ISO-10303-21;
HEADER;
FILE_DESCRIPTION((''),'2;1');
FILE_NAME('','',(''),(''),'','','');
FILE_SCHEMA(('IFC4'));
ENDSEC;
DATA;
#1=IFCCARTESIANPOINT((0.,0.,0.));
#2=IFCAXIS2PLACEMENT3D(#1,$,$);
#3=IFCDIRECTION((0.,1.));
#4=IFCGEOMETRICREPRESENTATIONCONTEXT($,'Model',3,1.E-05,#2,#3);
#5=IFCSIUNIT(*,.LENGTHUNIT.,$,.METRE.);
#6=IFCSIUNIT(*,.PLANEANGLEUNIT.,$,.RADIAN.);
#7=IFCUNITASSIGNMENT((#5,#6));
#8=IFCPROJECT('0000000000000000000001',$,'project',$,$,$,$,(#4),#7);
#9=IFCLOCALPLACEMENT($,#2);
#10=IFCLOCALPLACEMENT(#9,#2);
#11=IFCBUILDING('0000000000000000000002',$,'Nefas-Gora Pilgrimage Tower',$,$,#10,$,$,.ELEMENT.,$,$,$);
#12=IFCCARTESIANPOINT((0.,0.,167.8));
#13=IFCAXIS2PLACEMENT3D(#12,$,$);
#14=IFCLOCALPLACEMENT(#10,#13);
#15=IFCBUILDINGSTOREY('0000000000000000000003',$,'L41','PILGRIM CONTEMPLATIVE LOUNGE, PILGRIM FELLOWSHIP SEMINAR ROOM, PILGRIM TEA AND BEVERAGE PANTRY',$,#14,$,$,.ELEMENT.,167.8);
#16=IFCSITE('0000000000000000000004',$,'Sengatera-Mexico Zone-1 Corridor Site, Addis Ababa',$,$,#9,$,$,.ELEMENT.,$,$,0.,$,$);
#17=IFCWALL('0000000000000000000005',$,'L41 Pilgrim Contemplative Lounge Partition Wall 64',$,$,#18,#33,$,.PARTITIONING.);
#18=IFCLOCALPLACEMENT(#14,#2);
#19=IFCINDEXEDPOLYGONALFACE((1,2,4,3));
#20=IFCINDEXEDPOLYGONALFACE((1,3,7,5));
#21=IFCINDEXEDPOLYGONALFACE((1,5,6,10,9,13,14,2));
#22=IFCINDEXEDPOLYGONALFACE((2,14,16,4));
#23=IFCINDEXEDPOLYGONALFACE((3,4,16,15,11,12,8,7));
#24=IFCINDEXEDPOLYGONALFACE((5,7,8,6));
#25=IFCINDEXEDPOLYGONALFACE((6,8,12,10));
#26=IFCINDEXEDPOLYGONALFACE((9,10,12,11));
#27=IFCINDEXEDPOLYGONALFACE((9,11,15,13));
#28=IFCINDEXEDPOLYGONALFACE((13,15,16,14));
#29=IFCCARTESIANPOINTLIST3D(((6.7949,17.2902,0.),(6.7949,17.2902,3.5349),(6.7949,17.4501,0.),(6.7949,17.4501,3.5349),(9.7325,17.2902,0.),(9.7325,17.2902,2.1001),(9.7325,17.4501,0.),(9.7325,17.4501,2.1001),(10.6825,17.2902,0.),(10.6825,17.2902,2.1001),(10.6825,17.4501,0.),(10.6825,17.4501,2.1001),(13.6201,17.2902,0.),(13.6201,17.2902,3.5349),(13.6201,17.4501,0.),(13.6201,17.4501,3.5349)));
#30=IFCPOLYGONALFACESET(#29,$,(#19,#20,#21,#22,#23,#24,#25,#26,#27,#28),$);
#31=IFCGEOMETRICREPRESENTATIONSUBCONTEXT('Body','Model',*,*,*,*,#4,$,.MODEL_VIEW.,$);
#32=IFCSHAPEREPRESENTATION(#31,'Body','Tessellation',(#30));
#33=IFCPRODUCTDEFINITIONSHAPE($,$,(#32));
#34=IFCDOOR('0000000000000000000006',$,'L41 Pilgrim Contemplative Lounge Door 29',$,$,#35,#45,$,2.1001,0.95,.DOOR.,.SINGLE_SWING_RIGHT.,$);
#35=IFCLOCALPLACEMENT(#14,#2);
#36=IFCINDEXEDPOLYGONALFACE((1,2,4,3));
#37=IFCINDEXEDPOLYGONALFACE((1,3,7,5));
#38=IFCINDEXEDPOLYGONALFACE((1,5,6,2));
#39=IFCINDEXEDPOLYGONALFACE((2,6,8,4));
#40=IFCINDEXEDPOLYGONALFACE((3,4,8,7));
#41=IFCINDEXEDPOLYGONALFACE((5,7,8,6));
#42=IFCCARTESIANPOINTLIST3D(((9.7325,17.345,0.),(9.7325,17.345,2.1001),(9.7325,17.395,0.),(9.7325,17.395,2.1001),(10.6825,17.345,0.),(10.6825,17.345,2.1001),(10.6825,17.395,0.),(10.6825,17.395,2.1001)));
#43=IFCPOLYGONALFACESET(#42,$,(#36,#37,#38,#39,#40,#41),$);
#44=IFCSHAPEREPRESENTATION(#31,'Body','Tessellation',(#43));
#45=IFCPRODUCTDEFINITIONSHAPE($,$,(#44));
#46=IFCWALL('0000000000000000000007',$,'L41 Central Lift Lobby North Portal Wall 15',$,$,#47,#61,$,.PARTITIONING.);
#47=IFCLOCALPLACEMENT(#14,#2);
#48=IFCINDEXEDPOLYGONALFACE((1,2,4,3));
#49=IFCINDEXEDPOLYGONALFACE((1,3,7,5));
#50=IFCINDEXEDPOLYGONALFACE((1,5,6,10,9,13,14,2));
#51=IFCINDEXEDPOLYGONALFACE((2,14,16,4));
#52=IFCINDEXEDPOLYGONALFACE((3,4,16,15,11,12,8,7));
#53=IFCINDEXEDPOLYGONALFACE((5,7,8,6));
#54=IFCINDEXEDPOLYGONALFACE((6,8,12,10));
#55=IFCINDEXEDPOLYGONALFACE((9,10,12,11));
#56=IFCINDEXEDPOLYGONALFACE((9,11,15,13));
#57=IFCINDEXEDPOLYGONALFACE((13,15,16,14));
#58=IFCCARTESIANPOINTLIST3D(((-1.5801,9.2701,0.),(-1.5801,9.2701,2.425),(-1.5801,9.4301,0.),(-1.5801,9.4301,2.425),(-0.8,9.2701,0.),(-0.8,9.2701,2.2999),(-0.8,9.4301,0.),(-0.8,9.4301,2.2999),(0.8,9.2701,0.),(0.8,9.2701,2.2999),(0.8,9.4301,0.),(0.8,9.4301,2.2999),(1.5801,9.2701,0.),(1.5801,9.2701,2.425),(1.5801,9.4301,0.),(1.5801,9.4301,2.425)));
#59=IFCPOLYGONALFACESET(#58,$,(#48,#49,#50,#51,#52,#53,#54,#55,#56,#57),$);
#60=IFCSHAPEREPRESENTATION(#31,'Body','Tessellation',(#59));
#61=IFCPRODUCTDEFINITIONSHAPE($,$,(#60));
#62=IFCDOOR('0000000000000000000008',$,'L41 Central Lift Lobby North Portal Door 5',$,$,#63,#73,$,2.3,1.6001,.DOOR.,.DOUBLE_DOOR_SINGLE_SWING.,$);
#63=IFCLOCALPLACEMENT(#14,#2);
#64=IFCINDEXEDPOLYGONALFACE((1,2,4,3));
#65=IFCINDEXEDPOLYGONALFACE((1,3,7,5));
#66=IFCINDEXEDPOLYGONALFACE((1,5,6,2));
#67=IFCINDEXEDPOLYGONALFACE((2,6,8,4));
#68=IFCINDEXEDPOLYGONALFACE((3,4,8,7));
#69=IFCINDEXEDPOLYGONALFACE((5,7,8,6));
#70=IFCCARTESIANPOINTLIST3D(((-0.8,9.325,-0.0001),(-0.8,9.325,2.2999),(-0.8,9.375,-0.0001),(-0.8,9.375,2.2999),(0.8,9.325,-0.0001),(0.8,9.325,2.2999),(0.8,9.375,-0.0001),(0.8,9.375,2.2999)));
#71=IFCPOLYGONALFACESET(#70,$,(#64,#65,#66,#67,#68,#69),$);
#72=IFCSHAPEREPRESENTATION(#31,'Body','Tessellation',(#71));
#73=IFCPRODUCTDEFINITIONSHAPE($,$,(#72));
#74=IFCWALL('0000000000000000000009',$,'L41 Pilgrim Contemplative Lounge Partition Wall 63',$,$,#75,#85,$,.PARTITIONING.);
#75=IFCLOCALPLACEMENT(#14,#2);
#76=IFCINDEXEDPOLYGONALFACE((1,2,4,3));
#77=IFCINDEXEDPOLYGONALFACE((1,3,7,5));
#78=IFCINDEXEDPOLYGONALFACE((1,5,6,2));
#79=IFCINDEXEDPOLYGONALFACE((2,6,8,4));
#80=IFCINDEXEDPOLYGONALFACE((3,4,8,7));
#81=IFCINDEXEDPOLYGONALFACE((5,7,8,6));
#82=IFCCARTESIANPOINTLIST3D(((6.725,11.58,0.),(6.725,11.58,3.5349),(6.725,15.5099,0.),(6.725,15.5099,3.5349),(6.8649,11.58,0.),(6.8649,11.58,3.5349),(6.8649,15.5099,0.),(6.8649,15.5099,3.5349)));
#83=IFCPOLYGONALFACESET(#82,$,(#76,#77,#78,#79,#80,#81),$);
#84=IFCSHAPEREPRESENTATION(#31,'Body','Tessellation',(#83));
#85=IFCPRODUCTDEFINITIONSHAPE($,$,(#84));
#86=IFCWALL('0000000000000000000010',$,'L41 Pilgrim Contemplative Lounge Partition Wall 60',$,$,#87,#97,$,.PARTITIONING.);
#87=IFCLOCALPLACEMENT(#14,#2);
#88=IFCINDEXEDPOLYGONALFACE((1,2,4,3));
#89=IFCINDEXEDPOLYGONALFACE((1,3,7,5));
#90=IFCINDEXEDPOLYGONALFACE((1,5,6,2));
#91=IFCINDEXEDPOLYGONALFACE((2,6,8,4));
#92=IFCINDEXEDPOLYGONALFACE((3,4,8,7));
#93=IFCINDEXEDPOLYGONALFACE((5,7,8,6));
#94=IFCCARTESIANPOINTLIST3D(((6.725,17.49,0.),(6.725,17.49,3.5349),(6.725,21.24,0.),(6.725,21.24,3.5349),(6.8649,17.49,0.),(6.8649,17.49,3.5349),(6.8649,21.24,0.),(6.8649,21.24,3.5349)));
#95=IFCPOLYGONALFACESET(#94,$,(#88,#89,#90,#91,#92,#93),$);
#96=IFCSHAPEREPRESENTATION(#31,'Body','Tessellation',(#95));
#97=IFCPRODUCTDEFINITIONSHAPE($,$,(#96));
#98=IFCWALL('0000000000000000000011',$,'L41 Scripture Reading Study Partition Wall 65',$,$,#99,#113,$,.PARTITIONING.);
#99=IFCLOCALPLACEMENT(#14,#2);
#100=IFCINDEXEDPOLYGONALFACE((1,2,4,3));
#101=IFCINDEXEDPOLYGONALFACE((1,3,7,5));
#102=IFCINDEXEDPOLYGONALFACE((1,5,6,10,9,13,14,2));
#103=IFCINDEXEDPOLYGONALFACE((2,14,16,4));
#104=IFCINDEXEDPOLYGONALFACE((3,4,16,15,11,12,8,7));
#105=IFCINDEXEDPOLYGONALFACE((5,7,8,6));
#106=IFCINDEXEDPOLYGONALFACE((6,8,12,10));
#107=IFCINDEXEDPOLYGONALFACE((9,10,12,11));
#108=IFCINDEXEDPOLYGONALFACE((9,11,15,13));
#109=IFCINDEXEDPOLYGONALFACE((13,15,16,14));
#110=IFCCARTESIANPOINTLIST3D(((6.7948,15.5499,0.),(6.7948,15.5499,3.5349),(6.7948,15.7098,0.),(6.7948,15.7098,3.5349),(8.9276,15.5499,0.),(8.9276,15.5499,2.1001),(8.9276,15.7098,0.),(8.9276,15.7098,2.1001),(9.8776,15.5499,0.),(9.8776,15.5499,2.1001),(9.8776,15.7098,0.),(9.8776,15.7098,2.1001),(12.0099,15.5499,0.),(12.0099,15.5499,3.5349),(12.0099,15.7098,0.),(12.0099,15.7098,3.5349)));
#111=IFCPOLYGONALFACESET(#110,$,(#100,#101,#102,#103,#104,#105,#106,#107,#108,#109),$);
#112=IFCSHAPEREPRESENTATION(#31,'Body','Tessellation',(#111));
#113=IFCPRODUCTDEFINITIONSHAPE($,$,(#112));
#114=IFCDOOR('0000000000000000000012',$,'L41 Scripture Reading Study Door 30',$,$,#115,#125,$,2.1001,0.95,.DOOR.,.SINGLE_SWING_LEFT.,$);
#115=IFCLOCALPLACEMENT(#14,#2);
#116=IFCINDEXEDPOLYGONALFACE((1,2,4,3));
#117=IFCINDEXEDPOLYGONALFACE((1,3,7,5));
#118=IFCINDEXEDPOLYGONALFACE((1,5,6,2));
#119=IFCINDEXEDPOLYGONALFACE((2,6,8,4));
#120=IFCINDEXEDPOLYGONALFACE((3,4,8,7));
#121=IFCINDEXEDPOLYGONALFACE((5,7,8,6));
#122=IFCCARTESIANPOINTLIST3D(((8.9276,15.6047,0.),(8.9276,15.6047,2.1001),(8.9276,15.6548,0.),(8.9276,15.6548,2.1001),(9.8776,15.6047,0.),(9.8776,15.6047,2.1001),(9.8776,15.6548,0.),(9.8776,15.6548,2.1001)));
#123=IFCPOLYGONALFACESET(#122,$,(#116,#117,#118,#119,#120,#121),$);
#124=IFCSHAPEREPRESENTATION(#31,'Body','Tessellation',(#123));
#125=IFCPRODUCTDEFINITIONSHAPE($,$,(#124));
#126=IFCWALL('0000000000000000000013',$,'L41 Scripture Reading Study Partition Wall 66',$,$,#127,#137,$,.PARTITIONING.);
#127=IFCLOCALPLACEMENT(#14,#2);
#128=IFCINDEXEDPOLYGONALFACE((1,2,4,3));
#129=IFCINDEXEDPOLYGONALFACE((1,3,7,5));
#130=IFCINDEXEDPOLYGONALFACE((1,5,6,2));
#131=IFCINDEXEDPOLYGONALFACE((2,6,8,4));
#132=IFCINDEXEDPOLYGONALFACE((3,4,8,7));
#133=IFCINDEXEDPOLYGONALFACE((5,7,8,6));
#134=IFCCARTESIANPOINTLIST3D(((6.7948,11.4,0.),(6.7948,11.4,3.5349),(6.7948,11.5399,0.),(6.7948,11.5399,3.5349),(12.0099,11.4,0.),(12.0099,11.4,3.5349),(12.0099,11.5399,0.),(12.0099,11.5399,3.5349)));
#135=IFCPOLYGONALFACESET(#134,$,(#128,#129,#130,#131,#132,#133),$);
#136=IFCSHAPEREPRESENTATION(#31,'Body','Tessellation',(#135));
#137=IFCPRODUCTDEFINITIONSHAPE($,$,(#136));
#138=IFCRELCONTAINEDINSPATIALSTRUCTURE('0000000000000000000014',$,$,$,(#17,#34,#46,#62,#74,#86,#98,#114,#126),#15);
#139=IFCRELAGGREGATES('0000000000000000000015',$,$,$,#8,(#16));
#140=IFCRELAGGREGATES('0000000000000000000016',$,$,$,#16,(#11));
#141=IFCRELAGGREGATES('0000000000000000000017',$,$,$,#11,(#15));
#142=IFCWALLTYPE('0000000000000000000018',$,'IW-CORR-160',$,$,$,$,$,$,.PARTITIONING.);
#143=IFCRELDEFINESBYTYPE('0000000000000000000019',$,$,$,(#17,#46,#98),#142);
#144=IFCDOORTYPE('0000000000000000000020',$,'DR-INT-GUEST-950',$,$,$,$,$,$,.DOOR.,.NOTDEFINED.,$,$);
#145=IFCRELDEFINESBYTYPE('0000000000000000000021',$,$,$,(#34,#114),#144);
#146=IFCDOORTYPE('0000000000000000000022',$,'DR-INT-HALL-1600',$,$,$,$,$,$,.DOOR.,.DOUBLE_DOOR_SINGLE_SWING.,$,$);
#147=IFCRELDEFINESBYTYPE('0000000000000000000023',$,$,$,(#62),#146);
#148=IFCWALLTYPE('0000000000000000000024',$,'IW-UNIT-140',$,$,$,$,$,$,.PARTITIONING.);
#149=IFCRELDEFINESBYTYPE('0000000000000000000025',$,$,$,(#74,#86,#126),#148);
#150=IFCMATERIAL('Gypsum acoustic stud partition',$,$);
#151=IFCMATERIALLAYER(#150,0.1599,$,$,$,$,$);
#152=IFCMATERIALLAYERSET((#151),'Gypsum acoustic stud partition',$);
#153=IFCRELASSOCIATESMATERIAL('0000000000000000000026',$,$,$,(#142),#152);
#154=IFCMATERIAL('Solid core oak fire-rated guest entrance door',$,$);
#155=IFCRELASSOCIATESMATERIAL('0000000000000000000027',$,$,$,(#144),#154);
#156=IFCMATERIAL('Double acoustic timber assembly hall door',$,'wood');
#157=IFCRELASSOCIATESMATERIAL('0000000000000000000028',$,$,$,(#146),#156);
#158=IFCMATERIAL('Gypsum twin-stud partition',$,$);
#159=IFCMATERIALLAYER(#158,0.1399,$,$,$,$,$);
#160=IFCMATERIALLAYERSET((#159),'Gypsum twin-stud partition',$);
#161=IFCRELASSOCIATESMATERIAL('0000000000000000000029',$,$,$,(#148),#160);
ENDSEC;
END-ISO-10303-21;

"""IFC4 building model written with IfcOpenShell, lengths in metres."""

from ifc_helpers import new_model, si_unit, direction, frame, frame_2d, origin, place, context, subcontext, project, spatial, rectangle, extrude, source, transform, mapped, material, layer, layer_set, type_object, element, fill, save


model = new_model("IFC4")

# Units and contexts
model_context = context("Model", 3, precision=1e-05, world=origin(), true_north=direction((0.0, 1.0)))
body_context = subcontext(model_context, "Body", "Model", "MODEL_VIEW")
ifc_project = project(units=[si_unit("LENGTHUNIT", "METRE"), si_unit("PLANEANGLEUNIT", "RADIAN")], contexts=[model_context])

# Site, building, storey
site_placement = place(None, origin())
site = spatial("IfcSite", under=ifc_project, at=site_placement, Name="Sengatera-Mexico Zone-1 Corridor Site, Addis Ababa", CompositionType="ELEMENT", RefElevation=0.0)
building_placement = place(site_placement, origin())
building = spatial("IfcBuilding", under=site, at=building_placement, Name="Nefas-Gora Pilgrimage Tower", CompositionType="ELEMENT")
storey_placement = place(building_placement, frame((0.0, 0.0, 167.8)))
storey = spatial("IfcBuildingStorey", under=building, at=storey_placement, Name="L41", Description="PILGRIM CONTEMPLATIVE LOUNGE, PILGRIM FELLOWSHIP SEMINAR ROOM, PILGRIM TEA AND BEVERAGE PANTRY", CompositionType="ELEMENT", Elevation=167.8)

# Walls, openings, doors
ifc_material_1 = material(Name="Gypsum acoustic stud partition")
ifc_layer_1 = layer(ifc_material_1, 0.1599)
ifc_layer_set_1 = layer_set([ifc_layer_1], Name="Gypsum acoustic stud partition")
wall_type_1 = type_object("IfcWallType", Name="IW-CORR-160", PredefinedType="PARTITIONING", material=ifc_layer_set_1)
shared_shape_1 = source(origin(), body_context, "Body", "SweptSolid", [
    extrude(rectangle(XDim=6.8252, YDim=0.1599, at=frame_2d((3.4126, 0.0))), origin(), (0.0, 0.0, 1.0), 3.5349),
])
wall_1_placement = place(storey_placement, frame((6.7949, 17.3701, 0.0), z_axis=(0.0, 0.0, 1.0), x_axis=(1.0, 0.0, 0.0)))
wall_1 = element("IfcWall", 1, at=wall_1_placement, inside=storey, type_object=wall_type_1, Name="L41 Pilgrim Contemplative Lounge Partition Wall 64", PredefinedType="PARTITIONING", context=body_context, shape_type="MappedRepresentation", body=[
    mapped(shared_shape_1, transform((0.0, 0.0, 0.0), x_axis=(1.0, 0.0, 0.0), y_axis=(0.0, 1.0, 0.0), z_axis=(0.0, 0.0, 1.0), scale=1.0)),
])
opening_1_placement = place(wall_1_placement, frame((2.9375, 0.0, 0.0)))
opening_1 = element("IfcOpeningElement", 2, at=opening_1_placement, cuts=wall_1, PredefinedType="OPENING", context=body_context, shape_type="SweptSolid", body=[
    extrude(rectangle(XDim=0.95, YDim=2.1001, at=frame_2d((0.4751, 1.05))), frame((0.0, 0.0898, 0.0), z_axis=(0.0, -1.0, 0.0), x_axis=(1.0, 0.0, 0.0)), (0.0, 0.0, 1.0), 0.1799),
])
ifc_material_2 = material(Name="Solid core oak fire-rated guest entrance door")
door_type_1 = type_object("IfcDoorType", Name="DR-INT-GUEST-950", OperationType="NOTDEFINED", PredefinedType="DOOR", material=ifc_material_2)
shared_shape_2 = source(origin(), body_context, "Body", "SweptSolid", [
    extrude(rectangle(XDim=0.95, YDim=2.1001, at=frame_2d((0.4751, 1.05))), frame((0.0, 0.0249, 0.0), z_axis=(0.0, -1.0, 0.0), x_axis=(1.0, 0.0, 0.0)), (0.0, 0.0, 1.0), 0.05),
])
door_1_placement = place(opening_1_placement, origin())
door_1 = element("IfcDoor", 3, at=door_1_placement, inside=storey, type_object=door_type_1, Name="L41 Pilgrim Contemplative Lounge Door 29", OperationType="SINGLE_SWING_RIGHT", OverallHeight=2.1001, OverallWidth=0.95, PredefinedType="DOOR", context=body_context, shape_type="MappedRepresentation", body=[
    mapped(shared_shape_2, transform((0.0, 0.0, 0.0), x_axis=(1.0, 0.0, 0.0), y_axis=(0.0, 1.0, 0.0), z_axis=(0.0, 0.0, 1.0), scale=1.0)),
])
fill(opening_1, door_1)
shared_shape_3 = source(origin(), body_context, "Body", "SweptSolid", [
    extrude(rectangle(XDim=3.1602, YDim=0.1599, at=frame_2d((1.5801, 0.0))), origin(), (0.0, 0.0, 1.0), 2.425),
])
wall_2_placement = place(storey_placement, frame((-1.5801, 9.3501, 0.0), z_axis=(0.0, 0.0, 1.0), x_axis=(1.0, 0.0, 0.0)))
wall_2 = element("IfcWall", 4, at=wall_2_placement, inside=storey, type_object=wall_type_1, Name="L41 Central Lift Lobby North Portal Wall 15", PredefinedType="PARTITIONING", context=body_context, shape_type="MappedRepresentation", body=[
    mapped(shared_shape_3, transform((0.0, 0.0, 0.0), x_axis=(1.0, 0.0, 0.0), y_axis=(0.0, 1.0, 0.0), z_axis=(0.0, 0.0, 1.0), scale=1.0)),
])
opening_2_placement = place(wall_2_placement, frame((0.78, 0.0, 0.0)))
opening_2 = element("IfcOpeningElement", 5, at=opening_2_placement, cuts=wall_2, PredefinedType="OPENING", context=body_context, shape_type="SweptSolid", body=[
    extrude(rectangle(XDim=1.6001, YDim=2.3, at=frame_2d((0.8, 1.1499))), frame((0.0, 0.0898, 0.0), z_axis=(0.0, -1.0, 0.0), x_axis=(1.0, 0.0, 0.0)), (0.0, 0.0, 1.0), 0.1799),
])
ifc_material_3 = material(Name="Double acoustic timber assembly hall door", Category="wood")
door_type_2 = type_object("IfcDoorType", Name="DR-INT-HALL-1600", OperationType="DOUBLE_DOOR_SINGLE_SWING", PredefinedType="DOOR", material=ifc_material_3)
shared_shape_4 = source(origin(), body_context, "Body", "SweptSolid", [
    extrude(rectangle(XDim=1.6001, YDim=2.3, at=frame_2d((0.8, 1.1499))), frame((0.0, 0.0249, 0.0), z_axis=(0.0, -1.0, 0.0), x_axis=(1.0, 0.0, 0.0)), (0.0, 0.0, 1.0), 0.05),
])
door_2_placement = place(opening_2_placement, origin())
door_2 = element("IfcDoor", 6, at=door_2_placement, inside=storey, type_object=door_type_2, Name="L41 Central Lift Lobby North Portal Door 5", OperationType="DOUBLE_DOOR_SINGLE_SWING", OverallHeight=2.3, OverallWidth=1.6001, PredefinedType="DOOR", context=body_context, shape_type="MappedRepresentation", body=[
    mapped(shared_shape_4, transform((0.0, 0.0, 0.0), x_axis=(1.0, 0.0, 0.0), y_axis=(0.0, 1.0, 0.0), z_axis=(0.0, 0.0, 1.0), scale=1.0)),
])
fill(opening_2, door_2)

# Walls
ifc_material_4 = material(Name="Gypsum twin-stud partition")
ifc_layer_2 = layer(ifc_material_4, 0.1399)
ifc_layer_set_2 = layer_set([ifc_layer_2], Name="Gypsum twin-stud partition")
wall_type_2 = type_object("IfcWallType", Name="IW-UNIT-140", PredefinedType="PARTITIONING", material=ifc_layer_set_2)
shared_shape_5 = source(origin(), body_context, "Body", "SweptSolid", [
    extrude(rectangle(XDim=3.9299, YDim=0.1399, at=frame_2d((1.9648, 0.0))), origin(), (0.0, 0.0, 1.0), 3.5349),
])
wall_3_placement = place(storey_placement, frame((6.7949, 11.5801, 0.0), z_axis=(0.0, 0.0, 1.0), x_axis=(0.0, 1.0, 0.0)))
element("IfcWall", 7, at=wall_3_placement, inside=storey, type_object=wall_type_2, Name="L41 Pilgrim Contemplative Lounge Partition Wall 63", PredefinedType="PARTITIONING", context=body_context, shape_type="MappedRepresentation", body=[
    mapped(shared_shape_5, transform((0.0, 0.0, 0.0), x_axis=(1.0, 0.0, 0.0), y_axis=(0.0, 1.0, 0.0), z_axis=(0.0, 0.0, 1.0), scale=1.0)),
])
shared_shape_6 = source(origin(), body_context, "Body", "SweptSolid", [
    extrude(rectangle(XDim=3.75, YDim=0.1399, at=frame_2d((1.875, 0.0))), origin(), (0.0, 0.0, 1.0), 3.5349),
])
wall_4_placement = place(storey_placement, frame((6.7949, 17.49, 0.0), z_axis=(0.0, 0.0, 1.0), x_axis=(0.0, 1.0, 0.0)))
element("IfcWall", 8, at=wall_4_placement, inside=storey, type_object=wall_type_2, Name="L41 Pilgrim Contemplative Lounge Partition Wall 60", PredefinedType="PARTITIONING", context=body_context, shape_type="MappedRepresentation", body=[
    mapped(shared_shape_6, transform((0.0, 0.0, 0.0), x_axis=(1.0, 0.0, 0.0), y_axis=(0.0, 1.0, 0.0), z_axis=(0.0, 0.0, 1.0), scale=1.0)),
])

# Wall, opening, door
shared_shape_7 = source(origin(), body_context, "Body", "SweptSolid", [
    extrude(rectangle(XDim=5.2151, YDim=0.1599, at=frame_2d((2.6074, 0.0))), origin(), (0.0, 0.0, 1.0), 3.5349),
])
wall_5_placement = place(storey_placement, frame((6.7949, 15.6299, 0.0), z_axis=(0.0, 0.0, 1.0), x_axis=(1.0, 0.0, 0.0)))
wall_5 = element("IfcWall", 9, at=wall_5_placement, inside=storey, type_object=wall_type_1, Name="L41 Scripture Reading Study Partition Wall 65", PredefinedType="PARTITIONING", context=body_context, shape_type="MappedRepresentation", body=[
    mapped(shared_shape_7, transform((0.0, 0.0, 0.0), x_axis=(1.0, 0.0, 0.0), y_axis=(0.0, 1.0, 0.0), z_axis=(0.0, 0.0, 1.0), scale=1.0)),
])
opening_3_placement = place(wall_5_placement, frame((2.1326, 0.0, 0.0)))
opening_3 = element("IfcOpeningElement", 10, at=opening_3_placement, cuts=wall_5, PredefinedType="OPENING", context=body_context, shape_type="SweptSolid", body=[
    extrude(rectangle(XDim=0.95, YDim=2.1001, at=frame_2d((0.4751, 1.05))), frame((0.0, 0.0898, 0.0), z_axis=(0.0, -1.0, 0.0), x_axis=(1.0, 0.0, 0.0)), (0.0, 0.0, 1.0), 0.1799),
])
door_3_placement = place(opening_3_placement, origin())
door_3 = element("IfcDoor", 11, at=door_3_placement, inside=storey, type_object=door_type_1, Name="L41 Scripture Reading Study Door 30", OperationType="SINGLE_SWING_LEFT", OverallHeight=2.1001, OverallWidth=0.95, PredefinedType="DOOR", context=body_context, shape_type="MappedRepresentation", body=[
    mapped(shared_shape_2, transform((0.0, 0.0, 0.0), x_axis=(1.0, 0.0, 0.0), y_axis=(0.0, 1.0, 0.0), z_axis=(0.0, 0.0, 1.0), scale=1.0)),
])
fill(opening_3, door_3)

# Wall
shared_shape_8 = source(origin(), body_context, "Body", "SweptSolid", [
    extrude(rectangle(XDim=5.2151, YDim=0.1399, at=frame_2d((2.6074, 0.0))), origin(), (0.0, 0.0, 1.0), 3.5349),
])
wall_6_placement = place(storey_placement, frame((6.7949, 11.47, 0.0), z_axis=(0.0, 0.0, 1.0), x_axis=(1.0, 0.0, 0.0)))
element("IfcWall", 12, at=wall_6_placement, inside=storey, type_object=wall_type_2, Name="L41 Scripture Reading Study Partition Wall 66", PredefinedType="PARTITIONING", context=body_context, shape_type="MappedRepresentation", body=[
    mapped(shared_shape_8, transform((0.0, 0.0, 0.0), x_axis=(1.0, 0.0, 0.0), y_axis=(0.0, 1.0, 0.0), z_axis=(0.0, 0.0, 1.0), scale=1.0)),
])

save(model, "model.ifc")
